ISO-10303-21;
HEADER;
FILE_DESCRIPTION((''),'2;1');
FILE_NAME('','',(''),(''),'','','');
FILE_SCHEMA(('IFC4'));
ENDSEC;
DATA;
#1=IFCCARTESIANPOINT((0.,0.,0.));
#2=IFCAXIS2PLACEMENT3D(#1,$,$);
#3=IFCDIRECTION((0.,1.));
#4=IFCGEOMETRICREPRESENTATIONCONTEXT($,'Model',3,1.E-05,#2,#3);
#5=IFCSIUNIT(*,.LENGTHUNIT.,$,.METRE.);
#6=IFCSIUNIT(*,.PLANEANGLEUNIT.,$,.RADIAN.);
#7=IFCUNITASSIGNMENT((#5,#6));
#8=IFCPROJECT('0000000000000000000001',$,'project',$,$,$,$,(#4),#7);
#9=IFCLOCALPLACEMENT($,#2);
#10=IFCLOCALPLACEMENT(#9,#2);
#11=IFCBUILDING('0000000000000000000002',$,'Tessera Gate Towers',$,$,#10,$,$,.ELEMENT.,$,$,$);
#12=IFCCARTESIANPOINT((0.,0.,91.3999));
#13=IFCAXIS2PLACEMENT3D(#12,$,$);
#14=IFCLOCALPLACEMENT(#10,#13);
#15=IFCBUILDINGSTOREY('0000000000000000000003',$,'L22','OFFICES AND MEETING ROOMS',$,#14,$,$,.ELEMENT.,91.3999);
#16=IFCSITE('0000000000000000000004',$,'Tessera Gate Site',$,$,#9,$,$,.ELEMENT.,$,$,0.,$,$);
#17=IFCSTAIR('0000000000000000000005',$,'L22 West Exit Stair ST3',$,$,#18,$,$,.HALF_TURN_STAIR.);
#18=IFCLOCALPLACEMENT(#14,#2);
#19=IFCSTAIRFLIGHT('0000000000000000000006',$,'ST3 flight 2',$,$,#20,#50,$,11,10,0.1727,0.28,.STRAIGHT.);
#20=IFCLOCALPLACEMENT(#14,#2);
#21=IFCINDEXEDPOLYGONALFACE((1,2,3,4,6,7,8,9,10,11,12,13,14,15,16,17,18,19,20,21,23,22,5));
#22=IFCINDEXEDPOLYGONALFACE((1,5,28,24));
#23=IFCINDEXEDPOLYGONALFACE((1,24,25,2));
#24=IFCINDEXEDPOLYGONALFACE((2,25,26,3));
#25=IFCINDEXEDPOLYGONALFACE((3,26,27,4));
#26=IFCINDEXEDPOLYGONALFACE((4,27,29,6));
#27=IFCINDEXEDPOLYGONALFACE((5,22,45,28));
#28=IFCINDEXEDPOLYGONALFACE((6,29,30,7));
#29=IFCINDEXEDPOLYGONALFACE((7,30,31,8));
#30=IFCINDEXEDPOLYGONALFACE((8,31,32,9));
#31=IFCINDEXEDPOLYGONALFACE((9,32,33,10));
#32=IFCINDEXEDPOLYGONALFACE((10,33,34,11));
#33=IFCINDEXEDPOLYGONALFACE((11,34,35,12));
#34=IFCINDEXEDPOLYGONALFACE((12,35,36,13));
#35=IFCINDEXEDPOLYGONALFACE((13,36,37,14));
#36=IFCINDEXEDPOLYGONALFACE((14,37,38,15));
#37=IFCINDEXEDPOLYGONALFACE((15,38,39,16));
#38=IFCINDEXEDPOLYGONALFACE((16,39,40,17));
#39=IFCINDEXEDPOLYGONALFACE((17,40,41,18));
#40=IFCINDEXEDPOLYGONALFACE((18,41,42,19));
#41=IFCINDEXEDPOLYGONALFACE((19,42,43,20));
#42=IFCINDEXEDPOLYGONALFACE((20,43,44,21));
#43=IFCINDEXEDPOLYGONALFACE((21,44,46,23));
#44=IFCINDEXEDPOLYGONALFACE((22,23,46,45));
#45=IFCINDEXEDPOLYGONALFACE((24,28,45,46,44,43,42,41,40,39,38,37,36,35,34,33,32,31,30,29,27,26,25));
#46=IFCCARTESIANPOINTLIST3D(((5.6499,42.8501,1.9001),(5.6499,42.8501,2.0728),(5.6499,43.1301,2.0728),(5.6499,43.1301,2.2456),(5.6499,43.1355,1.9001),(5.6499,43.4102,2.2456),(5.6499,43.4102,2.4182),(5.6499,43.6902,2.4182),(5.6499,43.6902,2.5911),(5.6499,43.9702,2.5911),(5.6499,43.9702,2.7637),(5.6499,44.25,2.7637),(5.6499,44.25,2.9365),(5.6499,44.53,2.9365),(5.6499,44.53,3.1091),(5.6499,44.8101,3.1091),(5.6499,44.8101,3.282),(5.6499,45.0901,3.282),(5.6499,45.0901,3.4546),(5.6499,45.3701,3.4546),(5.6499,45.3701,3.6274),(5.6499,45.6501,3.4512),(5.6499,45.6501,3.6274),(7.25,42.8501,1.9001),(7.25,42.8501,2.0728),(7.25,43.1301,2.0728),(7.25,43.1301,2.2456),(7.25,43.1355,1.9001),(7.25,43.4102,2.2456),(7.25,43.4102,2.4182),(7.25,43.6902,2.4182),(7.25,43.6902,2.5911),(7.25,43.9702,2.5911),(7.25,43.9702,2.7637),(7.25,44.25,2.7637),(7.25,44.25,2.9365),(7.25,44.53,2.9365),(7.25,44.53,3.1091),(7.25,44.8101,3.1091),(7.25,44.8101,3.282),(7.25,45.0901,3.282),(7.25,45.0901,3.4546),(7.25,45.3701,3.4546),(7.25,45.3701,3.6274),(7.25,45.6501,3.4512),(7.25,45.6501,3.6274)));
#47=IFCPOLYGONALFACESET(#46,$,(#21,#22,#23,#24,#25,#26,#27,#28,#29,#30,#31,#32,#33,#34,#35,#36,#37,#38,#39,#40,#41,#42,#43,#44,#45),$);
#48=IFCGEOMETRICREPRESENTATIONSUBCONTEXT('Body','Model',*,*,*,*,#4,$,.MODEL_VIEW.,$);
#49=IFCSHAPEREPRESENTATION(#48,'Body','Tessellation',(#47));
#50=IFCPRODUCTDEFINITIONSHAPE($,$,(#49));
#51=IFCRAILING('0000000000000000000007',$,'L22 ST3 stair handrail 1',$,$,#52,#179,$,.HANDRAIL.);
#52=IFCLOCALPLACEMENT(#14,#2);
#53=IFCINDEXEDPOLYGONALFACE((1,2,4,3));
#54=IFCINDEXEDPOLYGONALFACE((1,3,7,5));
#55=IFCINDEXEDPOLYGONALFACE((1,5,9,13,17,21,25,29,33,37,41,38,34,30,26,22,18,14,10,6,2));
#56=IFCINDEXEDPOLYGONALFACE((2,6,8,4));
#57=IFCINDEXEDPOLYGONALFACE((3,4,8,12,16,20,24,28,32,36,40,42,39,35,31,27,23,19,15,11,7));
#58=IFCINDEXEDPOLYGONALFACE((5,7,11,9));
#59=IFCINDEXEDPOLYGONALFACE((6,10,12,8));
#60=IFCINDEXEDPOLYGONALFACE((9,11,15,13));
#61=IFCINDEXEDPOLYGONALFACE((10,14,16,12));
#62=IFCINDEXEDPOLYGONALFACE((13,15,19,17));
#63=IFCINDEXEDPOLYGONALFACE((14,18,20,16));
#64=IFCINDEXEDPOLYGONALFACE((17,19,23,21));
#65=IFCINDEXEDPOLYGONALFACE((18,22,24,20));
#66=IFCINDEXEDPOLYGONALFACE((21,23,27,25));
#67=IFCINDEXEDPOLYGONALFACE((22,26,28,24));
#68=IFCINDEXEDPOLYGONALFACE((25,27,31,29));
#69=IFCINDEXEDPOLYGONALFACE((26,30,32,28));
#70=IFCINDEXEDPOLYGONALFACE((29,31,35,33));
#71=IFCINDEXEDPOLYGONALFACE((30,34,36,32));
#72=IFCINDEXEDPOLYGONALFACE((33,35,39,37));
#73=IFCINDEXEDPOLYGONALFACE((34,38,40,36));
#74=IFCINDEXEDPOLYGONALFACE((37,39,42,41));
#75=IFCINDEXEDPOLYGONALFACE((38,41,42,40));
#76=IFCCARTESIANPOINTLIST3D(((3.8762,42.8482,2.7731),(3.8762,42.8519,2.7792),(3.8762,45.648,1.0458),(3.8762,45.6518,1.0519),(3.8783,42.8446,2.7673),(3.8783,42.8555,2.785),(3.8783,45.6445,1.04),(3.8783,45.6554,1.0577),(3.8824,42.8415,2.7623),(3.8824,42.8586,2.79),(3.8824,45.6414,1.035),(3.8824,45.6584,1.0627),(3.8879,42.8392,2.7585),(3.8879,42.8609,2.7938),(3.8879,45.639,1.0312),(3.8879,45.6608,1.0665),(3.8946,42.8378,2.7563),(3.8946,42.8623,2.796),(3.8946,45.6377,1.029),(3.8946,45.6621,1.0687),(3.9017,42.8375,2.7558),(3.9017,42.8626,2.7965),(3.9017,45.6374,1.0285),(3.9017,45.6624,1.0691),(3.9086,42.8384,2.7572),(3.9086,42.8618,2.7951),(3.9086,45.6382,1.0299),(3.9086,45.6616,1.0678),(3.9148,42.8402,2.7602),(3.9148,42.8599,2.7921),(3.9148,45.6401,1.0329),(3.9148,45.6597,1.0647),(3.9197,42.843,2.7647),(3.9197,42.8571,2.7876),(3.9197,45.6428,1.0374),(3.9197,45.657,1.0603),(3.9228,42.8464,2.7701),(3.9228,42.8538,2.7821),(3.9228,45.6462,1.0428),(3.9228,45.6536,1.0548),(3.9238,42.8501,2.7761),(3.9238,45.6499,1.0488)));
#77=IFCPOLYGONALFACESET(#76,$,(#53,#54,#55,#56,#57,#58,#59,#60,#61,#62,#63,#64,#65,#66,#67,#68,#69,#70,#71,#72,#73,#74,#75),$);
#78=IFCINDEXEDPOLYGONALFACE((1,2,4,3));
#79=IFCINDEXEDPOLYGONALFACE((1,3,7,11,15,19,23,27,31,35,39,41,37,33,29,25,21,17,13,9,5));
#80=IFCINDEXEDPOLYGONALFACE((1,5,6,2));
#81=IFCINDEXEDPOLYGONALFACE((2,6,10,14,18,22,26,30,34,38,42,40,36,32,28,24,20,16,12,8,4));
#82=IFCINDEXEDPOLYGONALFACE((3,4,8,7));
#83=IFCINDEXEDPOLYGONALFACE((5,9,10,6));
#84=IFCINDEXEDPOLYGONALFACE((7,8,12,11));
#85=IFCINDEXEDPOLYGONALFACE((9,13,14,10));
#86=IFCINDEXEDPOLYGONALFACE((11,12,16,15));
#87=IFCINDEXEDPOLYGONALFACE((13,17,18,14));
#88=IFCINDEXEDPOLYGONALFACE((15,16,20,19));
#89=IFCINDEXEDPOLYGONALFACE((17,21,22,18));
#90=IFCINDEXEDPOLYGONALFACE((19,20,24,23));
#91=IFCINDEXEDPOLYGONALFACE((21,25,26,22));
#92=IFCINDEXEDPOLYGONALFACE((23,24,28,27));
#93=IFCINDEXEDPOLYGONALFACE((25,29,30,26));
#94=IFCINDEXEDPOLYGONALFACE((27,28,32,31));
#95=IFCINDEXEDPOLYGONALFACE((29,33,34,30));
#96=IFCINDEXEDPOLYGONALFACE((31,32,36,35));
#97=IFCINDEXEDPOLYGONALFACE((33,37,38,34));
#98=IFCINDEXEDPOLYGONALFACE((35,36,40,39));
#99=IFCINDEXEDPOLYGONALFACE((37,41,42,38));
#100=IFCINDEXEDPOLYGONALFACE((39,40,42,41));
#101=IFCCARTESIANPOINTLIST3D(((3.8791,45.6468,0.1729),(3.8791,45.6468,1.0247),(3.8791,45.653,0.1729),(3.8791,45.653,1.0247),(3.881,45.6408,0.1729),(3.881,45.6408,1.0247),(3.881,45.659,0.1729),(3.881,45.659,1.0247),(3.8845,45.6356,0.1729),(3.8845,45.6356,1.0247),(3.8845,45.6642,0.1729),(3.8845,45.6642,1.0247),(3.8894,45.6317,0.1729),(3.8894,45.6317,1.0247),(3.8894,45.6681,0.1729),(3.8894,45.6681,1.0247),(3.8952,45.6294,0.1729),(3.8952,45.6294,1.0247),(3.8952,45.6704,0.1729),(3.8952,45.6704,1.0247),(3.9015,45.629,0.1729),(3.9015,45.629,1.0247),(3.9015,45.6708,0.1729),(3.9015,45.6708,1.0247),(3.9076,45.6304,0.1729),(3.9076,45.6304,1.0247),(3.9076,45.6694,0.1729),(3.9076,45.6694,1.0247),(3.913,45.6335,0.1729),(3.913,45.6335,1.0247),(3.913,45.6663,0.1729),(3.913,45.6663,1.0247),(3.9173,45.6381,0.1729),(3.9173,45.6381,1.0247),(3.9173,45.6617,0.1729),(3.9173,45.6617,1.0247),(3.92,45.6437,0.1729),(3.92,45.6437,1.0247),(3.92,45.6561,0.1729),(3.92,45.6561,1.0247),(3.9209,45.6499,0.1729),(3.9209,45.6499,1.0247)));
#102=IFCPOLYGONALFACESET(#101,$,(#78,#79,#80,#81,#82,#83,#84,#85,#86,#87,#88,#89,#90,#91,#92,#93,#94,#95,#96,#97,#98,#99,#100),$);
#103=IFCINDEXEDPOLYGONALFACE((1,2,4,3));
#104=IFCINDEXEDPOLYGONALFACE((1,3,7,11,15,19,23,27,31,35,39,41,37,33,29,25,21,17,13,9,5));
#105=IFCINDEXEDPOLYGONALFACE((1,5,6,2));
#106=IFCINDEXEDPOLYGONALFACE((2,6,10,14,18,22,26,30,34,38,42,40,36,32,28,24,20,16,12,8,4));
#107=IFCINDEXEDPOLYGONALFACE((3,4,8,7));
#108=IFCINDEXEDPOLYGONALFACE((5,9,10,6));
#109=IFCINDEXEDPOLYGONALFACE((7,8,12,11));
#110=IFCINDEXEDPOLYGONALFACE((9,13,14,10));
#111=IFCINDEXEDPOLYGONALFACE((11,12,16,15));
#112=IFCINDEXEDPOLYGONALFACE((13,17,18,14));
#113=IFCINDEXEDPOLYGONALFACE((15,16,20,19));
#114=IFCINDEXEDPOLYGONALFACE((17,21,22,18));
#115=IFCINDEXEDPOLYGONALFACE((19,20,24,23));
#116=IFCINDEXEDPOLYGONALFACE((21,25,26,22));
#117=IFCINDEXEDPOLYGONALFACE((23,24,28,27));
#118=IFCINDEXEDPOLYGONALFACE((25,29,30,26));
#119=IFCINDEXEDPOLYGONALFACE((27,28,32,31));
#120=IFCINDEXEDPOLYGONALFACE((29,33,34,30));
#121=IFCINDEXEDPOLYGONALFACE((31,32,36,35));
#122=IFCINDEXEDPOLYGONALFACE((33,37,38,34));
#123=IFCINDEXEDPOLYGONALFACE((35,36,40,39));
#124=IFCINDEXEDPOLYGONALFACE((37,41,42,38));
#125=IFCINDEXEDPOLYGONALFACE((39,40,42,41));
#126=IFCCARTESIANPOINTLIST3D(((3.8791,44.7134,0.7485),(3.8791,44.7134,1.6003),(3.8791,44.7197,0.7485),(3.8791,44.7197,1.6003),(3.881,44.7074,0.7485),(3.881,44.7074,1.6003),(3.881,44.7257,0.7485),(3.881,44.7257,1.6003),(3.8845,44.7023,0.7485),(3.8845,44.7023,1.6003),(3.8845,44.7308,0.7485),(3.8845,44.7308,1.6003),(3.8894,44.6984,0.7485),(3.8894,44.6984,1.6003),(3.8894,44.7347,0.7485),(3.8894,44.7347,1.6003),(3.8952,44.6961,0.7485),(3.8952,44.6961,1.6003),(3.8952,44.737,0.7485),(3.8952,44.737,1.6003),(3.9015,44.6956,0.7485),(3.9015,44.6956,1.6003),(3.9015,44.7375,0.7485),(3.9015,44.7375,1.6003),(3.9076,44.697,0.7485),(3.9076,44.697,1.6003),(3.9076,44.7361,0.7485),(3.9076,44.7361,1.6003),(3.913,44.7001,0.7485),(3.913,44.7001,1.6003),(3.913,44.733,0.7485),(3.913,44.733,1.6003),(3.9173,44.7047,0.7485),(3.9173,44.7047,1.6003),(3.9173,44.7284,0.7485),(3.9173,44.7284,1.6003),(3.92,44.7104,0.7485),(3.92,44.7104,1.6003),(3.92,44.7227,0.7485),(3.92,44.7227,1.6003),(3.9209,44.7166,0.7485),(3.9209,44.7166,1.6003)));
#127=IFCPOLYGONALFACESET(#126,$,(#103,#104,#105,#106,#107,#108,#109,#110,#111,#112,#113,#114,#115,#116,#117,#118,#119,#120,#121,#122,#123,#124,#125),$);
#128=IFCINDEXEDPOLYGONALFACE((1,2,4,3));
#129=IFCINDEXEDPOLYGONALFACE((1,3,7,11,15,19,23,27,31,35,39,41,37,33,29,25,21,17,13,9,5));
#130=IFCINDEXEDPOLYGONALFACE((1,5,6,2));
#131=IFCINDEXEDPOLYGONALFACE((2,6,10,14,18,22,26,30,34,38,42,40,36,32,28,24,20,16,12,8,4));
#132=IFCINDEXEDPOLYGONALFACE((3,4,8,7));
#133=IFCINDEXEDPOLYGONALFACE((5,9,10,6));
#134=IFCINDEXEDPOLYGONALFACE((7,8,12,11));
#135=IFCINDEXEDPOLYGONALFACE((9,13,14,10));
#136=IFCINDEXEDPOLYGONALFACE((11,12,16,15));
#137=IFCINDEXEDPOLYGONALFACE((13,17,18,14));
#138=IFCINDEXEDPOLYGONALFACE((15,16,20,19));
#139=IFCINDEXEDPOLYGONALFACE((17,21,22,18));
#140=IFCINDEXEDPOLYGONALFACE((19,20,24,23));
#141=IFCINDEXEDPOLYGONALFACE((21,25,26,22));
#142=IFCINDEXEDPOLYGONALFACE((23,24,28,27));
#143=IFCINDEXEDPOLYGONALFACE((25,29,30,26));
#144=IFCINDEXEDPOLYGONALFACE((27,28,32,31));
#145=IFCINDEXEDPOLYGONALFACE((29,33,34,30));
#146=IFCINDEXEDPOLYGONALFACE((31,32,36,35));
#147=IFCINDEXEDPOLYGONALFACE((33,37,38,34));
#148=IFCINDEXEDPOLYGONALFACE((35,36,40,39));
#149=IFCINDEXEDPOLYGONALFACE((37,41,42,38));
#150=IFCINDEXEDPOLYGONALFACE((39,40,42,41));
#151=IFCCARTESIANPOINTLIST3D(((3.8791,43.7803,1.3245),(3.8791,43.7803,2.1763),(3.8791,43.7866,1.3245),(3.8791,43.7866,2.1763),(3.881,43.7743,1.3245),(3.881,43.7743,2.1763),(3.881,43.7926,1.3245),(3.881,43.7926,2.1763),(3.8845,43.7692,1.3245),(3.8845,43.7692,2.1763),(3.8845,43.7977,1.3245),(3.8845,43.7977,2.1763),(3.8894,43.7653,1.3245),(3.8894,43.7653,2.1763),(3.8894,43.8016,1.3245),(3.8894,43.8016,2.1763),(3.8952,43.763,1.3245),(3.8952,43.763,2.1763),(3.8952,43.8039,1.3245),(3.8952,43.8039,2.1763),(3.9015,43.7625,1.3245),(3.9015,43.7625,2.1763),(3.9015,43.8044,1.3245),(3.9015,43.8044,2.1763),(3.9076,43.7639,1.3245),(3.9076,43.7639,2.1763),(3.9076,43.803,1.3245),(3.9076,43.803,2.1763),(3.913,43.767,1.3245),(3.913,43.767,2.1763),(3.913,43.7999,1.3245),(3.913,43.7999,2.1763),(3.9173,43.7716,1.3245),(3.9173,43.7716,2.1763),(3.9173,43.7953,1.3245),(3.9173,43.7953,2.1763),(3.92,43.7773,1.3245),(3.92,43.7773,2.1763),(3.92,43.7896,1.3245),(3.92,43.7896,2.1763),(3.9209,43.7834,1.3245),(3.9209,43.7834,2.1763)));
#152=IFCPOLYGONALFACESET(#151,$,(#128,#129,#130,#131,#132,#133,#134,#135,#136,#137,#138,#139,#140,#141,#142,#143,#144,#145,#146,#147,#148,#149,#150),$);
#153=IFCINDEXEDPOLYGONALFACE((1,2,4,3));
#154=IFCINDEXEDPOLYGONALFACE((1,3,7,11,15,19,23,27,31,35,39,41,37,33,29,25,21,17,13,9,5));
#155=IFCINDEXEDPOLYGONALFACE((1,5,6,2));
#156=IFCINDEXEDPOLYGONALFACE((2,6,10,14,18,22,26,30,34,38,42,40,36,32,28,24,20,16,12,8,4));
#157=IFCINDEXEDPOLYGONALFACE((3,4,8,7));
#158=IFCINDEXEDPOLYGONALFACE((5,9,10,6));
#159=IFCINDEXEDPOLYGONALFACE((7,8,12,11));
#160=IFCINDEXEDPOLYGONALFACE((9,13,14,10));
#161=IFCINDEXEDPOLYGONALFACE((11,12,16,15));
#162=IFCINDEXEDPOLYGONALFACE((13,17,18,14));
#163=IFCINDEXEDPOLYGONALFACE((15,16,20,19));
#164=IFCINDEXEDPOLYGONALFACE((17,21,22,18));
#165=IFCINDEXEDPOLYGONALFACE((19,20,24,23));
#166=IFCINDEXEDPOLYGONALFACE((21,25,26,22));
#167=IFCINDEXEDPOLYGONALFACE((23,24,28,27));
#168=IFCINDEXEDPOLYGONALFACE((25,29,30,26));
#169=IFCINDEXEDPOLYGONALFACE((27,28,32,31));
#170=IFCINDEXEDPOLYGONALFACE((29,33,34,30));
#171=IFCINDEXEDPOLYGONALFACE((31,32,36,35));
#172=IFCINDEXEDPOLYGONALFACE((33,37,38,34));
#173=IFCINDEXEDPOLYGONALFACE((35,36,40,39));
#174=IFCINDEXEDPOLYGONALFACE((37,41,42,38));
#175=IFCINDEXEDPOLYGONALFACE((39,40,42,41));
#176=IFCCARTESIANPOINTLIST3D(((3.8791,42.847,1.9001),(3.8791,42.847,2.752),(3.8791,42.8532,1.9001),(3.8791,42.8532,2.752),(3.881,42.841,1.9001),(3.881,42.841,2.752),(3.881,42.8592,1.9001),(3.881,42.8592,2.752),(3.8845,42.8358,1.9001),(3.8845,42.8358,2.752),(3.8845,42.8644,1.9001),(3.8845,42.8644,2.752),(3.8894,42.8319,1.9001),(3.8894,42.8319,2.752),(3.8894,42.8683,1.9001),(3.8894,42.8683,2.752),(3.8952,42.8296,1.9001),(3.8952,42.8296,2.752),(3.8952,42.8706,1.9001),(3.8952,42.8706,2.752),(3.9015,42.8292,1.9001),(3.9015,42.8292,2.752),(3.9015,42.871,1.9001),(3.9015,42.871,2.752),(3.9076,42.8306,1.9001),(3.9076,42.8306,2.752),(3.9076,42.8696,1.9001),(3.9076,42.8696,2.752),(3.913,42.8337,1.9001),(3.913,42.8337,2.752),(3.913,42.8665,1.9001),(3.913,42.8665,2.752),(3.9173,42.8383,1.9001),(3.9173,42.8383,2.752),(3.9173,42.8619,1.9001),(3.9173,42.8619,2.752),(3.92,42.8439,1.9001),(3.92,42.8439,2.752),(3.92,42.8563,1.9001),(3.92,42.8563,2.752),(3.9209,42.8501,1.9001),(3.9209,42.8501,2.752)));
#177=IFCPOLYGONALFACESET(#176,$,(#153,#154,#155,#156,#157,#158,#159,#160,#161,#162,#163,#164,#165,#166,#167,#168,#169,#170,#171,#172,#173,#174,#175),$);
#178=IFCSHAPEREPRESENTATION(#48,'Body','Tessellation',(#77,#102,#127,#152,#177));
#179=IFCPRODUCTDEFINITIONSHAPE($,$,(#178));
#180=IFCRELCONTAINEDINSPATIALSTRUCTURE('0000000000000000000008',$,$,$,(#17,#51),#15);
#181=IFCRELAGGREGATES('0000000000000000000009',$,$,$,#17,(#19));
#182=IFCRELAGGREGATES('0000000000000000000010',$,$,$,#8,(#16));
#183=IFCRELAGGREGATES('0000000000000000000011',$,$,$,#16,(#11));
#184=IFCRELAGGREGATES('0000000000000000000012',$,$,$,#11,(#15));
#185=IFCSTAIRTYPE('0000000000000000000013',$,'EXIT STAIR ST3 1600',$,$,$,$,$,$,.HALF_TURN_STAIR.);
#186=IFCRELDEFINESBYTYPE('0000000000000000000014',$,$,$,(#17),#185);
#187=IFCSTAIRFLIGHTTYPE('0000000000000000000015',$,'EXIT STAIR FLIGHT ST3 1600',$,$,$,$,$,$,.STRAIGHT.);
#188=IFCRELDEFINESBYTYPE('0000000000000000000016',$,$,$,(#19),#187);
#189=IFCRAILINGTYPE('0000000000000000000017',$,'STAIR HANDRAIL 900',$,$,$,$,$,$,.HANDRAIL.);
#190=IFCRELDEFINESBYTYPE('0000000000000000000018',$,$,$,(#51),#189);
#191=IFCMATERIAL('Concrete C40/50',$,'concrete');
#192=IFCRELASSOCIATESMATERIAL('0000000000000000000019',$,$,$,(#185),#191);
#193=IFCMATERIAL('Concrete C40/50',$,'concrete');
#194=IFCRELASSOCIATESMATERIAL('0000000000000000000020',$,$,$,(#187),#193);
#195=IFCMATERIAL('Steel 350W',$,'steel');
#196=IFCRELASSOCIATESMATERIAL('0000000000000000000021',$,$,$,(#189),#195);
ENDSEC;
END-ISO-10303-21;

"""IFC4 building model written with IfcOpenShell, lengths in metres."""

from ifc_helpers import new_model, si_unit, direction, frame, origin, origin_2d, place, context, subcontext, project, spatial, polyline, circle, outline, extrude, material, type_object, element, aggregate, save


model = new_model("IFC4")

# Units and contexts
model_context = context("Model", 3, precision=1e-05, world=origin(), true_north=direction((0.0, 1.0)))
body_context = subcontext(model_context, "Body", "Model", "MODEL_VIEW")
ifc_project = project(units=[si_unit("LENGTHUNIT", "METRE"), si_unit("PLANEANGLEUNIT", "RADIAN")], contexts=[model_context])

# Site, building, storey
site_placement = place(None, origin())
site = spatial("IfcSite", under=ifc_project, at=site_placement, Name="Tessera Gate Site", CompositionType="ELEMENT", RefElevation=0.0)
building_placement = place(site_placement, origin())
building = spatial("IfcBuilding", under=site, at=building_placement, Name="Tessera Gate Towers", CompositionType="ELEMENT")
storey_placement = place(building_placement, frame((0.0, 0.0, 91.3999)))
storey = spatial("IfcBuildingStorey", under=building, at=storey_placement, Name="L22", Description="OFFICES AND MEETING ROOMS", CompositionType="ELEMENT", Elevation=91.3999)

# Stair, stair flight
ifc_material_1 = material(Name="Concrete C40/50", Category="concrete")
stair_type = type_object("IfcStairType", Name="EXIT STAIR ST3 1600", PredefinedType="HALF_TURN_STAIR", material=ifc_material_1)
stair_placement = place(storey_placement, origin())
stair = element("IfcStair", 1, at=stair_placement, inside=storey, type_object=stair_type, Name="L22 West Exit Stair ST3", PredefinedType="HALF_TURN_STAIR")
ifc_material_2 = material(Name="Concrete C40/50", Category="concrete")
stair_flight_type = type_object("IfcStairFlightType", Name="EXIT STAIR FLIGHT ST3 1600", PredefinedType="STRAIGHT", material=ifc_material_2)
stair_flight_1_placement = place(storey_placement, frame((6.45, 42.8501, 1.9001), z_axis=(0.0, 0.0, 1.0), x_axis=(0.0, 1.0, 0.0)))
stair_flight_1 = element("IfcStairFlight", 2, at=stair_flight_1_placement, type_object=stair_flight_type, Name="ST3 flight 2", NumberOfRisers=11, NumberOfTreads=10, PredefinedType="STRAIGHT", RiserHeight=0.1727, TreadLength=0.28, context=body_context, shape_type="SweptSolid", body=[
    extrude(outline(polyline([(0.0, 0.0), (0.0, 0.1726), (0.28, 0.1726), (0.28, 0.3455), (0.5601, 0.3455), (0.5601, 0.5181), (0.8401, 0.5181), (0.8401, 0.6909), (1.1201, 0.6909), (1.1201, 0.8635), (1.3999, 0.8635), (1.3999, 1.0364), (1.6799, 1.0364), (1.6799, 1.209), (1.96, 1.209), (1.96, 1.3818), (2.24, 1.3818), (2.24, 1.5544), (2.52, 1.5544), (2.52, 1.7273), (2.8, 1.7273), (2.8, 1.8999), (2.8, 1.551), (0.2854, 0.0), (0.0, 0.0)])), frame((0.0, 0.8, 0.0), z_axis=(0.0, -1.0, 0.0), x_axis=(1.0, 0.0, 0.0)), (0.0, 0.0, 1.0), 1.6001),
])
aggregate(stair, [stair_flight_1])

# Railing
ifc_material_3 = material(Name="Steel 350W", Category="steel")
railing_type_1 = type_object("IfcRailingType", Name="STAIR HANDRAIL 900", PredefinedType="HANDRAIL", material=ifc_material_3)
railing_1_placement = place(storey_placement, frame((3.8999, 45.6499, 0.1729)))
element("IfcRailing", 3, at=railing_1_placement, inside=storey, type_object=railing_type_1, Name="L22 ST3 stair handrail 1", PredefinedType="HANDRAIL", context=body_context, shape_type="SweptSolid", body=[
    extrude(circle(Radius=0.0239, at=origin_2d()), frame((0.0, 0.0, 0.876), z_axis=(0.0, -0.851069, 0.525054), x_axis=(1.0, 0.0, 0.0)), (0.0, 0.0, 1.0), 3.2898),
    extrude(circle(Radius=0.021, at=origin_2d()), origin(), (0.0, 0.0, 1.0), 0.8518),
    extrude(circle(Radius=0.021, at=origin_2d()), frame((0.0, -0.9333, 0.5757)), (0.0, 0.0, 1.0), 0.8518),
    extrude(circle(Radius=0.021, at=origin_2d()), frame((0.0, -1.8665, 1.1516)), (0.0, 0.0, 1.0), 0.8518),
    extrude(circle(Radius=0.021, at=origin_2d()), frame((0.0, -2.7998, 1.7273)), (0.0, 0.0, 1.0), 0.8518),
])

save(model, "model.ifc")
